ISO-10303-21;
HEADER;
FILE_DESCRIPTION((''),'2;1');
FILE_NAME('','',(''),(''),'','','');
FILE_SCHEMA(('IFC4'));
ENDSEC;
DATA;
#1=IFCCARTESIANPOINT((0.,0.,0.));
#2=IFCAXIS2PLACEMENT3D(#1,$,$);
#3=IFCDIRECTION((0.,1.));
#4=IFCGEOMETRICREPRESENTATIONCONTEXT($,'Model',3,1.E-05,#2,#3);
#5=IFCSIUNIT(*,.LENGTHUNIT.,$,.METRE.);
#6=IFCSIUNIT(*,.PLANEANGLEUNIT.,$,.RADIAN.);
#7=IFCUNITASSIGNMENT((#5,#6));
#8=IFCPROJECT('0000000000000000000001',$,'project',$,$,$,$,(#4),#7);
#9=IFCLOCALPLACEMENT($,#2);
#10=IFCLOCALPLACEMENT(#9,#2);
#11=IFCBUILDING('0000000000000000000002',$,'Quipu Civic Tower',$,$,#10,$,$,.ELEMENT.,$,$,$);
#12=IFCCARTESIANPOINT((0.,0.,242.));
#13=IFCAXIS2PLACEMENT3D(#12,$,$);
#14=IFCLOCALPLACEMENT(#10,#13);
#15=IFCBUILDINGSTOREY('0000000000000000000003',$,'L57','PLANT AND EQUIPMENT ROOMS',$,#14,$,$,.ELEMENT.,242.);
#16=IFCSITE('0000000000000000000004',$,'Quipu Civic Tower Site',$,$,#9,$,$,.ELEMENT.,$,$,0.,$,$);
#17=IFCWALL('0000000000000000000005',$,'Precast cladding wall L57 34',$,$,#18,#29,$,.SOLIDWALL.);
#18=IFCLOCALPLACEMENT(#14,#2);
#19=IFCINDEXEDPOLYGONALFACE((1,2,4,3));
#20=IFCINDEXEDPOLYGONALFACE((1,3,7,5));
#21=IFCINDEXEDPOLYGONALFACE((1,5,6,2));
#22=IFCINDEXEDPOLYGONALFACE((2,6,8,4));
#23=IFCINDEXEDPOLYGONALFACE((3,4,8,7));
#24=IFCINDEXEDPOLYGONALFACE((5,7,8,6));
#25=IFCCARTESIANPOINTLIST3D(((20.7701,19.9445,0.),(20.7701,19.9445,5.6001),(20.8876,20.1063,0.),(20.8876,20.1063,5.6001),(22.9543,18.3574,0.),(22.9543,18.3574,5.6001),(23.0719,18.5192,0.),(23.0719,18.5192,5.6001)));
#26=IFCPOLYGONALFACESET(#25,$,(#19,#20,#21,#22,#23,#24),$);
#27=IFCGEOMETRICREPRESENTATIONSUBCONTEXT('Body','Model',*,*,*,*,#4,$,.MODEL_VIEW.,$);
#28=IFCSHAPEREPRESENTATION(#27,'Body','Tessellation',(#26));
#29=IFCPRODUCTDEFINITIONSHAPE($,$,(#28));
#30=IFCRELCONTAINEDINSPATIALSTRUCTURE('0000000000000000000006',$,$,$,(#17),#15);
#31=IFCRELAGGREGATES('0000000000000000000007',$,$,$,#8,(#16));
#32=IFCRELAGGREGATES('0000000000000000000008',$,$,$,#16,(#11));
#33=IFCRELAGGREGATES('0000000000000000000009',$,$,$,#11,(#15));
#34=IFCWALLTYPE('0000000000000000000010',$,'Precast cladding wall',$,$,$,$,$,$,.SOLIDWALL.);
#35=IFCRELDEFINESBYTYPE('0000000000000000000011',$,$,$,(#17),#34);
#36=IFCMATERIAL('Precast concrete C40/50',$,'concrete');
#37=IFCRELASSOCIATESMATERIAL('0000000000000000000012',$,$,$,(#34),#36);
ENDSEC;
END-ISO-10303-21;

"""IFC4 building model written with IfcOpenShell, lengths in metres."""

from ifc_helpers import new_model, si_unit, direction, frame, frame_2d, origin, place, context, subcontext, project, spatial, rectangle, extrude, material, type_object, element, save


model = new_model("IFC4")

# Units and contexts
model_context = context("Model", 3, precision=1e-05, world=origin(), true_north=direction((0.0, 1.0)))
body_context = subcontext(model_context, "Body", "Model", "MODEL_VIEW")
ifc_project = project(units=[si_unit("LENGTHUNIT", "METRE"), si_unit("PLANEANGLEUNIT", "RADIAN")], contexts=[model_context])

# Site, building, storey
site_placement = place(None, origin())
site = spatial("IfcSite", under=ifc_project, at=site_placement, Name="Quipu Civic Tower Site", CompositionType="ELEMENT", RefElevation=0.0)
building_placement = place(site_placement, origin())
building = spatial("IfcBuilding", under=site, at=building_placement, Name="Quipu Civic Tower", CompositionType="ELEMENT")
storey_placement = place(building_placement, frame((0.0, 0.0, 242.0)))
storey = spatial("IfcBuildingStorey", under=building, at=storey_placement, Name="L57", Description="PLANT AND EQUIPMENT ROOMS", CompositionType="ELEMENT", Elevation=242.0)

# Wall
ifc_material_1 = material(Name="Precast concrete C40/50", Category="concrete")
wall_type_1 = type_object("IfcWallType", Name="Precast cladding wall", PredefinedType="SOLIDWALL", material=ifc_material_1)
wall_1_placement = place(storey_placement, frame((23.0132, 18.4382, 0.0), z_axis=(0.0, 0.0, 1.0), x_axis=(-0.80899, 0.587822, 0.0)))
element("IfcWall", 1, at=wall_1_placement, inside=storey, type_object=wall_type_1, Name="Precast cladding wall L57 34", PredefinedType="SOLIDWALL", context=body_context, shape_type="SweptSolid", body=[
    extrude(rectangle(XDim=2.7, YDim=0.2, at=frame_2d((1.3501, 0.0))), origin(), (0.0, 0.0, 1.0), 5.6001),
])

save(model, "model.ifc")
